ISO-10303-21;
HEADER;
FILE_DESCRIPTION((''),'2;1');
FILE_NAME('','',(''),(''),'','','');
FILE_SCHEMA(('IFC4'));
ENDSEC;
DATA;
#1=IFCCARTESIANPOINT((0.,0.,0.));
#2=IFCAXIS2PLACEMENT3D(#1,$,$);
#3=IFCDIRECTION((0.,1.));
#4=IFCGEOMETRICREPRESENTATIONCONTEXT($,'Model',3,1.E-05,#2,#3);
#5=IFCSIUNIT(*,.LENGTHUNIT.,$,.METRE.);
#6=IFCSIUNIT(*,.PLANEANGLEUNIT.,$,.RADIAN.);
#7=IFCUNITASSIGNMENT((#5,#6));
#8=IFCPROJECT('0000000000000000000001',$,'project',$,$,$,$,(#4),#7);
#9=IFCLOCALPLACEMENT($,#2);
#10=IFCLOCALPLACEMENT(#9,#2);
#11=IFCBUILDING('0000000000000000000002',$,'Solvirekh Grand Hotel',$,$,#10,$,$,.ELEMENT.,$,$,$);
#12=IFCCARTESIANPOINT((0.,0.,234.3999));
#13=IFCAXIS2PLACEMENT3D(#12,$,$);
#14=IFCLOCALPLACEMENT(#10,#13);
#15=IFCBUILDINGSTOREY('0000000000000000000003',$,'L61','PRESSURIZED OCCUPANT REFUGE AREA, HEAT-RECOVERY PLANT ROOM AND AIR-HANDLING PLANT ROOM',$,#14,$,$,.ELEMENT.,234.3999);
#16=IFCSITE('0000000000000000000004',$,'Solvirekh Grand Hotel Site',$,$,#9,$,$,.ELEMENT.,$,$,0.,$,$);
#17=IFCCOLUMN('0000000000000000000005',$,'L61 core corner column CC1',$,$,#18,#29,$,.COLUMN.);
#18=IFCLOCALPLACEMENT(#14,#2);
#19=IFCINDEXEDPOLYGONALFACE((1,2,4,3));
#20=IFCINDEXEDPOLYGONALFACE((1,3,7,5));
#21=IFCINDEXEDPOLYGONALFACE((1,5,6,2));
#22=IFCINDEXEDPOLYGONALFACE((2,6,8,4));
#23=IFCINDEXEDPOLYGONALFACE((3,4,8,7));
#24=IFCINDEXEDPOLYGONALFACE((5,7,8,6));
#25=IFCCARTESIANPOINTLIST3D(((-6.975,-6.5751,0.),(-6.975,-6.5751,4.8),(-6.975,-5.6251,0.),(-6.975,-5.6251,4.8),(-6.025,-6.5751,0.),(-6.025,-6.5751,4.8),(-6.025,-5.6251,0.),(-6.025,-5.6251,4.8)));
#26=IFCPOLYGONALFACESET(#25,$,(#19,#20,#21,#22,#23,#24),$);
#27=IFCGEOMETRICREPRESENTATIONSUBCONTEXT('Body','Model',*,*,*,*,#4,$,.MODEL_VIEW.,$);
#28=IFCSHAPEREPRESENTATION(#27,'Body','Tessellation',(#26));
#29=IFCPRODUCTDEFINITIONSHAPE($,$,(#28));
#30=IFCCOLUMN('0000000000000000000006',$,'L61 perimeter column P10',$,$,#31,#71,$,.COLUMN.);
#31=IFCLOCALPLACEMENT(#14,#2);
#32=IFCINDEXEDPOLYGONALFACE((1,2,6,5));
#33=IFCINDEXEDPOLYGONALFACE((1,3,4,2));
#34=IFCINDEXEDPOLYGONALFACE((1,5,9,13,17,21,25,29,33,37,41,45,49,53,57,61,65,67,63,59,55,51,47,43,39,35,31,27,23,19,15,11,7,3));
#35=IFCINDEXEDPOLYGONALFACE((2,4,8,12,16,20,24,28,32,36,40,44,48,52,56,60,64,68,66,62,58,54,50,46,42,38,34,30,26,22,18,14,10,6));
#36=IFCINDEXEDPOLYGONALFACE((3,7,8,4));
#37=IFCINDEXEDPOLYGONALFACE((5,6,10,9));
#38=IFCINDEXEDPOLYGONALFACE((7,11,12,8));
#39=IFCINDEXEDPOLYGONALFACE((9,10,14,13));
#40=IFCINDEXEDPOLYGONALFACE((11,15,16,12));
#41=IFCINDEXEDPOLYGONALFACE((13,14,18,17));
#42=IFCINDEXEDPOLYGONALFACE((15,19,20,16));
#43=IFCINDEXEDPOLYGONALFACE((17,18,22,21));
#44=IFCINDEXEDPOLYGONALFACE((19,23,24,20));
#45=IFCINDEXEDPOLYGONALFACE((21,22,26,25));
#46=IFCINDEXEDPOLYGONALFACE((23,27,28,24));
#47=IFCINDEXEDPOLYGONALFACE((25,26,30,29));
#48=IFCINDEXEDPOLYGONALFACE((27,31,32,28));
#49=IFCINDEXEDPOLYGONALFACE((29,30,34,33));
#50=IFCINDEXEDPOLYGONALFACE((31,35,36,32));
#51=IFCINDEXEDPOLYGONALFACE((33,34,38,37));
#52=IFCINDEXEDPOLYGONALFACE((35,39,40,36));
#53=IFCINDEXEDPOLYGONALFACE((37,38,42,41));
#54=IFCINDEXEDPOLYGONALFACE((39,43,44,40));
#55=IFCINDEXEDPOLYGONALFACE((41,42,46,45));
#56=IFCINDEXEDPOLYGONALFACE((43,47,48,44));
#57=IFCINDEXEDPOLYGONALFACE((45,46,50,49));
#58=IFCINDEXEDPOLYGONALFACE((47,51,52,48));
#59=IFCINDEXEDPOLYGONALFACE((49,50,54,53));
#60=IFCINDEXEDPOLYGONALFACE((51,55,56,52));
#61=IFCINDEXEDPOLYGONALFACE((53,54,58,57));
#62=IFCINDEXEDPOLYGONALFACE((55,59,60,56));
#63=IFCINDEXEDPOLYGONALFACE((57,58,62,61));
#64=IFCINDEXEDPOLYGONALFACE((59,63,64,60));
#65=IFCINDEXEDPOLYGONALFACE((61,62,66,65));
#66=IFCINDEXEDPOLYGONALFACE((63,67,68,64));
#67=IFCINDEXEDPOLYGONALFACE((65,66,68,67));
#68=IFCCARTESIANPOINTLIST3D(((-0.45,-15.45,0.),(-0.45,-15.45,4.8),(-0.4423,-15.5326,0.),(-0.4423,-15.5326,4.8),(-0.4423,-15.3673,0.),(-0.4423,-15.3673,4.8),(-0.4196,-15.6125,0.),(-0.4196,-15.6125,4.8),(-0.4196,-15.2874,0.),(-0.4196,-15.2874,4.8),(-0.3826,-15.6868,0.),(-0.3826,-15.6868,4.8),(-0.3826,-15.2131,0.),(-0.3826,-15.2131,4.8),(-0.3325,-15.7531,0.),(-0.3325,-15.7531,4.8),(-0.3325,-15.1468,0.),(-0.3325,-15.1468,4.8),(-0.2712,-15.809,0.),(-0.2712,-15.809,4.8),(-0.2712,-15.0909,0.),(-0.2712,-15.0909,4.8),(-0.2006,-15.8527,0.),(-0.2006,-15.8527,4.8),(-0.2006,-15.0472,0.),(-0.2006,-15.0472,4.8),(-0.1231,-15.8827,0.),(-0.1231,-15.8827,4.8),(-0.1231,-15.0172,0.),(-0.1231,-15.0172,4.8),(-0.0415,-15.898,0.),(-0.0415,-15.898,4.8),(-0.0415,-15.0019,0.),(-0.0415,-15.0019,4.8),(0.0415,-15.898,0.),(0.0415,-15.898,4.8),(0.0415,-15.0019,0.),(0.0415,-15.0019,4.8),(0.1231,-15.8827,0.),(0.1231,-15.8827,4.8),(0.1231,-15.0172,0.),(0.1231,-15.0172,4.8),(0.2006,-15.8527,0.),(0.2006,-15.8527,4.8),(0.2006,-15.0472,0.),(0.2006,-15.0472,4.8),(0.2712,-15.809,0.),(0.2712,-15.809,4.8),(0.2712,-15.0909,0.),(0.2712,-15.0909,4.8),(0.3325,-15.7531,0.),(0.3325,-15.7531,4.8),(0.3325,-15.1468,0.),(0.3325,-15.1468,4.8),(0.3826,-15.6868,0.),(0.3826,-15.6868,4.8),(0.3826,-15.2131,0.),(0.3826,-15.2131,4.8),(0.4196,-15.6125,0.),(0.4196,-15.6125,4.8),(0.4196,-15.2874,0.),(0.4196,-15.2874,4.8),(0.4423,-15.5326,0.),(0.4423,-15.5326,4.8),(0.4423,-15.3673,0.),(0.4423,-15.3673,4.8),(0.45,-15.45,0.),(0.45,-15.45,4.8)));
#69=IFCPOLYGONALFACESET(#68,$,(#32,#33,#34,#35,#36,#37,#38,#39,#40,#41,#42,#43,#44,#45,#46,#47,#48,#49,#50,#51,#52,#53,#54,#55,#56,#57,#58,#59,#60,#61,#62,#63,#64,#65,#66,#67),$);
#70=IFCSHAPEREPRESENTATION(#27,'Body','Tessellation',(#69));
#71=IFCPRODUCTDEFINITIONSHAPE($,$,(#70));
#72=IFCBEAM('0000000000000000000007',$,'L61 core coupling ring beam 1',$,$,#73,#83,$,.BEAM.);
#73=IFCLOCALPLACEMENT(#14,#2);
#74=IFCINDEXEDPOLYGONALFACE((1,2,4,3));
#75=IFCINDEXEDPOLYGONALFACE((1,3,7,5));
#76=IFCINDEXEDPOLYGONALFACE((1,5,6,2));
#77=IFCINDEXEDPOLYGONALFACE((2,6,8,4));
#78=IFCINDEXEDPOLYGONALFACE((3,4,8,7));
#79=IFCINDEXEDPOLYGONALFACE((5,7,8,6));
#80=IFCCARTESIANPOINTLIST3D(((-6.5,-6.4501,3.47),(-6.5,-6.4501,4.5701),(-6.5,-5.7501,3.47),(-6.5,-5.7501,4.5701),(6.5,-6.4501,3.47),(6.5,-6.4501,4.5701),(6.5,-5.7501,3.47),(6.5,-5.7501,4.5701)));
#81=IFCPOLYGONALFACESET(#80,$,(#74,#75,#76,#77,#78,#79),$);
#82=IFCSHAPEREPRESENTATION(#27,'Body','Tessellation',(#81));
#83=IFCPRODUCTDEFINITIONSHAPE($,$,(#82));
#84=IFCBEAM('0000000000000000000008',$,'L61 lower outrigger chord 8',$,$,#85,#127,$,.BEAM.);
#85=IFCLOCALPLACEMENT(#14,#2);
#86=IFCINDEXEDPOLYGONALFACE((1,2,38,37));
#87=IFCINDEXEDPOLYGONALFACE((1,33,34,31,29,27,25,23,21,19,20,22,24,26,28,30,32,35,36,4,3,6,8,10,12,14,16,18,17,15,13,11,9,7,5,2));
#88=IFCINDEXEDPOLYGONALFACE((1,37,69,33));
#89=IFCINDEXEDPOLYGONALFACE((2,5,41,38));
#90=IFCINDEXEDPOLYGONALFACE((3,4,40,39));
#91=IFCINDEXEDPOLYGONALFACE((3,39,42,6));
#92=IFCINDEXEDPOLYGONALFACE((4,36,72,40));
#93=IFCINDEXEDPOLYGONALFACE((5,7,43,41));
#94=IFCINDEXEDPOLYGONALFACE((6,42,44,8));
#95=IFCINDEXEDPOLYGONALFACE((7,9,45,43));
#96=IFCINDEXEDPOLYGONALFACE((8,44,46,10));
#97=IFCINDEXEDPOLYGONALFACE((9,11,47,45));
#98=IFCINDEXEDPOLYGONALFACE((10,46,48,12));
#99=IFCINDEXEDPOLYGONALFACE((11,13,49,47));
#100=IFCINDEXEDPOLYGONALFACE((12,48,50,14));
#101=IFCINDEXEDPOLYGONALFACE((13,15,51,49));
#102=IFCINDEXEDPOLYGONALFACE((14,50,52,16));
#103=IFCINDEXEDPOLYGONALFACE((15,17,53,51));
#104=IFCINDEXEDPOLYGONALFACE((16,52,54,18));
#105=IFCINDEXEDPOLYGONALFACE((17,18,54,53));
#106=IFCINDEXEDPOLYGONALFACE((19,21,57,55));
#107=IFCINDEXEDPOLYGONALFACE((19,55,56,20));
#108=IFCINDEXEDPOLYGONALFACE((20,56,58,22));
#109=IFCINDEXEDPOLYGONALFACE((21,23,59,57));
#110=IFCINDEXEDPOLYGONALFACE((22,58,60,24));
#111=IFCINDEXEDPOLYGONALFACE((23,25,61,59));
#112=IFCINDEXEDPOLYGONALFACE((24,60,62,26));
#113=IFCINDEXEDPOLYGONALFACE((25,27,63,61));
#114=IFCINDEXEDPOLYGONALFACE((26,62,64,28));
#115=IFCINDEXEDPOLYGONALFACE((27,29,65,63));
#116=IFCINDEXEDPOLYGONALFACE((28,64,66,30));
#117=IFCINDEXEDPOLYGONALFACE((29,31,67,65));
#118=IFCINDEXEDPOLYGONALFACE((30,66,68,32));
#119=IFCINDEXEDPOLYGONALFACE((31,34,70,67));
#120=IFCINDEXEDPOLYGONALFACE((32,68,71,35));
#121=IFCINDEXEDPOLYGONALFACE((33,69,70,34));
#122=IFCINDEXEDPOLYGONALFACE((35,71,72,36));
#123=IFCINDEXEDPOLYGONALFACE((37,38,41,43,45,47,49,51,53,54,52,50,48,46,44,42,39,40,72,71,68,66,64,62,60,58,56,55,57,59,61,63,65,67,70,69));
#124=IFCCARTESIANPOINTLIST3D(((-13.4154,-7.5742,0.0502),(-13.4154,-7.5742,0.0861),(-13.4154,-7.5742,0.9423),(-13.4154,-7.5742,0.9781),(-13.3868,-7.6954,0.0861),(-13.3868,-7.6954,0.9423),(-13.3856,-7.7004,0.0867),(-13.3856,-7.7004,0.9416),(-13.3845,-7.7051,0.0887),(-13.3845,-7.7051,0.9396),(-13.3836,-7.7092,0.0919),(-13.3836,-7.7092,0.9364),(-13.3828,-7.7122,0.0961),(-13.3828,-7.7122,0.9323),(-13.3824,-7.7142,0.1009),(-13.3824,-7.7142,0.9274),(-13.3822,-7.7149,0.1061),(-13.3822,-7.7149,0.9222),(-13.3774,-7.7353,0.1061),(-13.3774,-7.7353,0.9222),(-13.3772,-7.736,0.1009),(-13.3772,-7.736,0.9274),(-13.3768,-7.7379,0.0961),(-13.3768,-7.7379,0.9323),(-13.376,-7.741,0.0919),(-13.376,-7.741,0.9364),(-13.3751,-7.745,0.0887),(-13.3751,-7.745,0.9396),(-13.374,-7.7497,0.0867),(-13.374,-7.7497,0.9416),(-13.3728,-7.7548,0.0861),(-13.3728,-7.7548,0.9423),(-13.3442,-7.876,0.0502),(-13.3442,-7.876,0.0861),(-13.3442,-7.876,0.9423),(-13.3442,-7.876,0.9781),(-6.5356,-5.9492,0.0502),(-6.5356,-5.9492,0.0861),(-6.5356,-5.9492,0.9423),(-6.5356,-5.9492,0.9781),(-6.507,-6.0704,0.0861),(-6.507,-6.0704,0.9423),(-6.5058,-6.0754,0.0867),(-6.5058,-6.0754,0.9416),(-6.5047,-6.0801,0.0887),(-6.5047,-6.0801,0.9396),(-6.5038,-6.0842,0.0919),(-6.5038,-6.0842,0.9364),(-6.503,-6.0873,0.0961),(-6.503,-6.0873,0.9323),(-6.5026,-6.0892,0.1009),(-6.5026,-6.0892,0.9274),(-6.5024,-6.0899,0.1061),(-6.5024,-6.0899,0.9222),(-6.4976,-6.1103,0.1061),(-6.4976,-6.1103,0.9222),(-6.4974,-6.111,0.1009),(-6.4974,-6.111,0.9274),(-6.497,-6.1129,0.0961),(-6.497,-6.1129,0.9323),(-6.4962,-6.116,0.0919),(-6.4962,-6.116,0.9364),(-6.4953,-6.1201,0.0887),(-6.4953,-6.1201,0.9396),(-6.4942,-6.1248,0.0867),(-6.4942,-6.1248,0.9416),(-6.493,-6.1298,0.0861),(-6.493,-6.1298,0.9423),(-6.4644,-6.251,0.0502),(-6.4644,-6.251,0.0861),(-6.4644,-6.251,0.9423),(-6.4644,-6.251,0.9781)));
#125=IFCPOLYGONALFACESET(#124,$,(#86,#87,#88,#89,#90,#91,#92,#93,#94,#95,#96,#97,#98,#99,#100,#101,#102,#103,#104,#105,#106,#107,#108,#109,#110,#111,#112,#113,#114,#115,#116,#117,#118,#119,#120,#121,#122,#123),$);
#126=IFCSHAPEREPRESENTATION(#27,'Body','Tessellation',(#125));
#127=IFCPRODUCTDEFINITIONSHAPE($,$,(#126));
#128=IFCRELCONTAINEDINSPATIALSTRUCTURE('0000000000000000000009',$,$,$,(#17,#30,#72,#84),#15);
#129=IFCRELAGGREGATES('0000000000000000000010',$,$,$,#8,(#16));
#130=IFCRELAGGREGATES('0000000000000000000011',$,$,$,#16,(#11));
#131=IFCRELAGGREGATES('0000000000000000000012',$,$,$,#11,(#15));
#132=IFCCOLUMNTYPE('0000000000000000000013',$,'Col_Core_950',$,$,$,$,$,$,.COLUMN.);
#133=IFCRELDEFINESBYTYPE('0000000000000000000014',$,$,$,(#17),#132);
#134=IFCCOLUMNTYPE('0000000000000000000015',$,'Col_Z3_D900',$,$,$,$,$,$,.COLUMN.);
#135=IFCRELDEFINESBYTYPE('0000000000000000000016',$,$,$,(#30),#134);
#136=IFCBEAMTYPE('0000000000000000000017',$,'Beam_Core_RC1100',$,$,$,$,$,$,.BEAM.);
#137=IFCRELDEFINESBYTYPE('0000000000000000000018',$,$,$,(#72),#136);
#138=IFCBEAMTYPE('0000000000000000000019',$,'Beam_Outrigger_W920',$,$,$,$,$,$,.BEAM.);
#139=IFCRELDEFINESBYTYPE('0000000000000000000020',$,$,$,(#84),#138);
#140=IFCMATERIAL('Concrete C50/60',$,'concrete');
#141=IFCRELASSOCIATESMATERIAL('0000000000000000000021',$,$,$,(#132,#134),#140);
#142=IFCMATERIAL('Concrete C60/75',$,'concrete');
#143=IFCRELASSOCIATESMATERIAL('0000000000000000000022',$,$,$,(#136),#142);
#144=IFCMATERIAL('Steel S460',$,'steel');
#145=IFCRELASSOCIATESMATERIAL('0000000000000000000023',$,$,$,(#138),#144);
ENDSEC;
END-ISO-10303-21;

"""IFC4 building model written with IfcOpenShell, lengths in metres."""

from ifc_helpers import new_model, si_unit, direction, frame, origin, origin_2d, place, context, subcontext, project, spatial, rectangle, circle, i_section, extrude, material, material_profile, profile_set, type_object, element, save


model = new_model("IFC4")

# Units and contexts
model_context = context("Model", 3, precision=1e-05, world=origin(), true_north=direction((0.0, 1.0)))
body_context = subcontext(model_context, "Body", "Model", "MODEL_VIEW")
ifc_project = project(units=[si_unit("LENGTHUNIT", "METRE"), si_unit("PLANEANGLEUNIT", "RADIAN")], contexts=[model_context])

# Site, building, storey
site_placement = place(None, origin())
site = spatial("IfcSite", under=ifc_project, at=site_placement, Name="Solvirekh Grand Hotel Site", CompositionType="ELEMENT", RefElevation=0.0)
building_placement = place(site_placement, origin())
building = spatial("IfcBuilding", under=site, at=building_placement, Name="Solvirekh Grand Hotel", CompositionType="ELEMENT")
storey_placement = place(building_placement, frame((0.0, 0.0, 234.3999)))
storey = spatial("IfcBuildingStorey", under=building, at=storey_placement, Name="L61", Description="PRESSURIZED OCCUPANT REFUGE AREA, HEAT-RECOVERY PLANT ROOM AND AIR-HANDLING PLANT ROOM", CompositionType="ELEMENT", Elevation=234.3999)

# Columns
ifc_material_1 = material(Name="Concrete C50/60", Category="concrete")
ifc_material_profile_1 = material_profile(ifc_material_1, rectangle(XDim=0.95, YDim=0.95, at=origin_2d()), Name="RC 950X950")
ifc_profile_set_1 = profile_set([ifc_material_profile_1], Name="Concrete C50/60")
column_type_1 = type_object("IfcColumnType", Name="Col_Core_950", PredefinedType="COLUMN", material=ifc_profile_set_1)
column_1_placement = place(storey_placement, frame((-6.5, -6.1001, 0.0), z_axis=(0.0, 0.0, 1.0), x_axis=(1.0, 0.0, 0.0)))
element("IfcColumn", 1, at=column_1_placement, inside=storey, type_object=column_type_1, Name="L61 core corner column CC1", PredefinedType="COLUMN", context=body_context, shape_type="SweptSolid", body=[
    extrude(rectangle(XDim=0.95, YDim=0.95, at=origin_2d()), origin(), (0.0, 0.0, 1.0), 4.8),
])
ifc_material_profile_2 = material_profile(ifc_material_1, circle(Radius=0.45, at=origin_2d()), Name="RC CIRC D900")
ifc_profile_set_2 = profile_set([ifc_material_profile_2], Name="Concrete C50/60")
column_type_2 = type_object("IfcColumnType", Name="Col_Z3_D900", PredefinedType="COLUMN", material=ifc_profile_set_2)
column_2_placement = place(storey_placement, frame((0.0, -15.45, 0.0), z_axis=(0.0, 0.0, 1.0), x_axis=(1.0, 0.0, 0.0)))
element("IfcColumn", 2, at=column_2_placement, inside=storey, type_object=column_type_2, Name="L61 perimeter column P10", PredefinedType="COLUMN", context=body_context, shape_type="SweptSolid", body=[
    extrude(circle(Radius=0.45, at=origin_2d()), origin(), (0.0, 0.0, 1.0), 4.8),
])

# Beams
ifc_material_2 = material(Name="Concrete C60/75", Category="concrete")
ifc_material_profile_3 = material_profile(ifc_material_2, rectangle(XDim=0.7, YDim=1.1001, at=origin_2d()), Name="RC BEAM 700X1100")
ifc_profile_set_3 = profile_set([ifc_material_profile_3], Name="Concrete C60/75")
beam_type_1 = type_object("IfcBeamType", Name="Beam_Core_RC1100", PredefinedType="BEAM", material=ifc_profile_set_3)
beam_1_placement = place(storey_placement, frame((-6.5, -6.1001, 4.02), z_axis=(1.0, 0.0, 0.0), x_axis=(0.0, 1.0, 0.0)))
element("IfcBeam", 3, at=beam_1_placement, inside=storey, type_object=beam_type_1, Name="L61 core coupling ring beam 1", PredefinedType="BEAM", context=body_context, shape_type="SweptSolid", body=[
    extrude(rectangle(XDim=0.7, YDim=1.1001, at=origin_2d()), origin(), (0.0, 0.0, 1.0), 13.0),
])
ifc_material_3 = material(Name="Steel S460", Category="steel")
ifc_material_profile_4 = material_profile(ifc_material_3, i_section(OverallWidth=0.3101, OverallDepth=0.928, WebThickness=0.021, FlangeThickness=0.0359, FilletRadius=0.02, at=origin_2d()), Name="W920X342")
ifc_profile_set_4 = profile_set([ifc_material_profile_4], Name="Steel S460")
beam_type_2 = type_object("IfcBeamType", Name="Beam_Outrigger_W920", PredefinedType="BEAM", material=ifc_profile_set_4)
beam_2_placement = place(storey_placement, frame((-6.5, -6.1001, 0.5142), z_axis=(-0.973221, -0.229871, 0.0), x_axis=(0.229871, -0.973221, 0.0)))
element("IfcBeam", 4, at=beam_2_placement, inside=storey, type_object=beam_type_2, Name="L61 lower outrigger chord 8", PredefinedType="BEAM", context=body_context, shape_type="SweptSolid", body=[
    extrude(i_section(OverallWidth=0.3101, OverallDepth=0.928, WebThickness=0.021, FlangeThickness=0.0359, FilletRadius=0.02, at=origin_2d()), origin(), (0.0, 0.0, 1.0), 7.0691),
])

save(model, "model.ifc")
